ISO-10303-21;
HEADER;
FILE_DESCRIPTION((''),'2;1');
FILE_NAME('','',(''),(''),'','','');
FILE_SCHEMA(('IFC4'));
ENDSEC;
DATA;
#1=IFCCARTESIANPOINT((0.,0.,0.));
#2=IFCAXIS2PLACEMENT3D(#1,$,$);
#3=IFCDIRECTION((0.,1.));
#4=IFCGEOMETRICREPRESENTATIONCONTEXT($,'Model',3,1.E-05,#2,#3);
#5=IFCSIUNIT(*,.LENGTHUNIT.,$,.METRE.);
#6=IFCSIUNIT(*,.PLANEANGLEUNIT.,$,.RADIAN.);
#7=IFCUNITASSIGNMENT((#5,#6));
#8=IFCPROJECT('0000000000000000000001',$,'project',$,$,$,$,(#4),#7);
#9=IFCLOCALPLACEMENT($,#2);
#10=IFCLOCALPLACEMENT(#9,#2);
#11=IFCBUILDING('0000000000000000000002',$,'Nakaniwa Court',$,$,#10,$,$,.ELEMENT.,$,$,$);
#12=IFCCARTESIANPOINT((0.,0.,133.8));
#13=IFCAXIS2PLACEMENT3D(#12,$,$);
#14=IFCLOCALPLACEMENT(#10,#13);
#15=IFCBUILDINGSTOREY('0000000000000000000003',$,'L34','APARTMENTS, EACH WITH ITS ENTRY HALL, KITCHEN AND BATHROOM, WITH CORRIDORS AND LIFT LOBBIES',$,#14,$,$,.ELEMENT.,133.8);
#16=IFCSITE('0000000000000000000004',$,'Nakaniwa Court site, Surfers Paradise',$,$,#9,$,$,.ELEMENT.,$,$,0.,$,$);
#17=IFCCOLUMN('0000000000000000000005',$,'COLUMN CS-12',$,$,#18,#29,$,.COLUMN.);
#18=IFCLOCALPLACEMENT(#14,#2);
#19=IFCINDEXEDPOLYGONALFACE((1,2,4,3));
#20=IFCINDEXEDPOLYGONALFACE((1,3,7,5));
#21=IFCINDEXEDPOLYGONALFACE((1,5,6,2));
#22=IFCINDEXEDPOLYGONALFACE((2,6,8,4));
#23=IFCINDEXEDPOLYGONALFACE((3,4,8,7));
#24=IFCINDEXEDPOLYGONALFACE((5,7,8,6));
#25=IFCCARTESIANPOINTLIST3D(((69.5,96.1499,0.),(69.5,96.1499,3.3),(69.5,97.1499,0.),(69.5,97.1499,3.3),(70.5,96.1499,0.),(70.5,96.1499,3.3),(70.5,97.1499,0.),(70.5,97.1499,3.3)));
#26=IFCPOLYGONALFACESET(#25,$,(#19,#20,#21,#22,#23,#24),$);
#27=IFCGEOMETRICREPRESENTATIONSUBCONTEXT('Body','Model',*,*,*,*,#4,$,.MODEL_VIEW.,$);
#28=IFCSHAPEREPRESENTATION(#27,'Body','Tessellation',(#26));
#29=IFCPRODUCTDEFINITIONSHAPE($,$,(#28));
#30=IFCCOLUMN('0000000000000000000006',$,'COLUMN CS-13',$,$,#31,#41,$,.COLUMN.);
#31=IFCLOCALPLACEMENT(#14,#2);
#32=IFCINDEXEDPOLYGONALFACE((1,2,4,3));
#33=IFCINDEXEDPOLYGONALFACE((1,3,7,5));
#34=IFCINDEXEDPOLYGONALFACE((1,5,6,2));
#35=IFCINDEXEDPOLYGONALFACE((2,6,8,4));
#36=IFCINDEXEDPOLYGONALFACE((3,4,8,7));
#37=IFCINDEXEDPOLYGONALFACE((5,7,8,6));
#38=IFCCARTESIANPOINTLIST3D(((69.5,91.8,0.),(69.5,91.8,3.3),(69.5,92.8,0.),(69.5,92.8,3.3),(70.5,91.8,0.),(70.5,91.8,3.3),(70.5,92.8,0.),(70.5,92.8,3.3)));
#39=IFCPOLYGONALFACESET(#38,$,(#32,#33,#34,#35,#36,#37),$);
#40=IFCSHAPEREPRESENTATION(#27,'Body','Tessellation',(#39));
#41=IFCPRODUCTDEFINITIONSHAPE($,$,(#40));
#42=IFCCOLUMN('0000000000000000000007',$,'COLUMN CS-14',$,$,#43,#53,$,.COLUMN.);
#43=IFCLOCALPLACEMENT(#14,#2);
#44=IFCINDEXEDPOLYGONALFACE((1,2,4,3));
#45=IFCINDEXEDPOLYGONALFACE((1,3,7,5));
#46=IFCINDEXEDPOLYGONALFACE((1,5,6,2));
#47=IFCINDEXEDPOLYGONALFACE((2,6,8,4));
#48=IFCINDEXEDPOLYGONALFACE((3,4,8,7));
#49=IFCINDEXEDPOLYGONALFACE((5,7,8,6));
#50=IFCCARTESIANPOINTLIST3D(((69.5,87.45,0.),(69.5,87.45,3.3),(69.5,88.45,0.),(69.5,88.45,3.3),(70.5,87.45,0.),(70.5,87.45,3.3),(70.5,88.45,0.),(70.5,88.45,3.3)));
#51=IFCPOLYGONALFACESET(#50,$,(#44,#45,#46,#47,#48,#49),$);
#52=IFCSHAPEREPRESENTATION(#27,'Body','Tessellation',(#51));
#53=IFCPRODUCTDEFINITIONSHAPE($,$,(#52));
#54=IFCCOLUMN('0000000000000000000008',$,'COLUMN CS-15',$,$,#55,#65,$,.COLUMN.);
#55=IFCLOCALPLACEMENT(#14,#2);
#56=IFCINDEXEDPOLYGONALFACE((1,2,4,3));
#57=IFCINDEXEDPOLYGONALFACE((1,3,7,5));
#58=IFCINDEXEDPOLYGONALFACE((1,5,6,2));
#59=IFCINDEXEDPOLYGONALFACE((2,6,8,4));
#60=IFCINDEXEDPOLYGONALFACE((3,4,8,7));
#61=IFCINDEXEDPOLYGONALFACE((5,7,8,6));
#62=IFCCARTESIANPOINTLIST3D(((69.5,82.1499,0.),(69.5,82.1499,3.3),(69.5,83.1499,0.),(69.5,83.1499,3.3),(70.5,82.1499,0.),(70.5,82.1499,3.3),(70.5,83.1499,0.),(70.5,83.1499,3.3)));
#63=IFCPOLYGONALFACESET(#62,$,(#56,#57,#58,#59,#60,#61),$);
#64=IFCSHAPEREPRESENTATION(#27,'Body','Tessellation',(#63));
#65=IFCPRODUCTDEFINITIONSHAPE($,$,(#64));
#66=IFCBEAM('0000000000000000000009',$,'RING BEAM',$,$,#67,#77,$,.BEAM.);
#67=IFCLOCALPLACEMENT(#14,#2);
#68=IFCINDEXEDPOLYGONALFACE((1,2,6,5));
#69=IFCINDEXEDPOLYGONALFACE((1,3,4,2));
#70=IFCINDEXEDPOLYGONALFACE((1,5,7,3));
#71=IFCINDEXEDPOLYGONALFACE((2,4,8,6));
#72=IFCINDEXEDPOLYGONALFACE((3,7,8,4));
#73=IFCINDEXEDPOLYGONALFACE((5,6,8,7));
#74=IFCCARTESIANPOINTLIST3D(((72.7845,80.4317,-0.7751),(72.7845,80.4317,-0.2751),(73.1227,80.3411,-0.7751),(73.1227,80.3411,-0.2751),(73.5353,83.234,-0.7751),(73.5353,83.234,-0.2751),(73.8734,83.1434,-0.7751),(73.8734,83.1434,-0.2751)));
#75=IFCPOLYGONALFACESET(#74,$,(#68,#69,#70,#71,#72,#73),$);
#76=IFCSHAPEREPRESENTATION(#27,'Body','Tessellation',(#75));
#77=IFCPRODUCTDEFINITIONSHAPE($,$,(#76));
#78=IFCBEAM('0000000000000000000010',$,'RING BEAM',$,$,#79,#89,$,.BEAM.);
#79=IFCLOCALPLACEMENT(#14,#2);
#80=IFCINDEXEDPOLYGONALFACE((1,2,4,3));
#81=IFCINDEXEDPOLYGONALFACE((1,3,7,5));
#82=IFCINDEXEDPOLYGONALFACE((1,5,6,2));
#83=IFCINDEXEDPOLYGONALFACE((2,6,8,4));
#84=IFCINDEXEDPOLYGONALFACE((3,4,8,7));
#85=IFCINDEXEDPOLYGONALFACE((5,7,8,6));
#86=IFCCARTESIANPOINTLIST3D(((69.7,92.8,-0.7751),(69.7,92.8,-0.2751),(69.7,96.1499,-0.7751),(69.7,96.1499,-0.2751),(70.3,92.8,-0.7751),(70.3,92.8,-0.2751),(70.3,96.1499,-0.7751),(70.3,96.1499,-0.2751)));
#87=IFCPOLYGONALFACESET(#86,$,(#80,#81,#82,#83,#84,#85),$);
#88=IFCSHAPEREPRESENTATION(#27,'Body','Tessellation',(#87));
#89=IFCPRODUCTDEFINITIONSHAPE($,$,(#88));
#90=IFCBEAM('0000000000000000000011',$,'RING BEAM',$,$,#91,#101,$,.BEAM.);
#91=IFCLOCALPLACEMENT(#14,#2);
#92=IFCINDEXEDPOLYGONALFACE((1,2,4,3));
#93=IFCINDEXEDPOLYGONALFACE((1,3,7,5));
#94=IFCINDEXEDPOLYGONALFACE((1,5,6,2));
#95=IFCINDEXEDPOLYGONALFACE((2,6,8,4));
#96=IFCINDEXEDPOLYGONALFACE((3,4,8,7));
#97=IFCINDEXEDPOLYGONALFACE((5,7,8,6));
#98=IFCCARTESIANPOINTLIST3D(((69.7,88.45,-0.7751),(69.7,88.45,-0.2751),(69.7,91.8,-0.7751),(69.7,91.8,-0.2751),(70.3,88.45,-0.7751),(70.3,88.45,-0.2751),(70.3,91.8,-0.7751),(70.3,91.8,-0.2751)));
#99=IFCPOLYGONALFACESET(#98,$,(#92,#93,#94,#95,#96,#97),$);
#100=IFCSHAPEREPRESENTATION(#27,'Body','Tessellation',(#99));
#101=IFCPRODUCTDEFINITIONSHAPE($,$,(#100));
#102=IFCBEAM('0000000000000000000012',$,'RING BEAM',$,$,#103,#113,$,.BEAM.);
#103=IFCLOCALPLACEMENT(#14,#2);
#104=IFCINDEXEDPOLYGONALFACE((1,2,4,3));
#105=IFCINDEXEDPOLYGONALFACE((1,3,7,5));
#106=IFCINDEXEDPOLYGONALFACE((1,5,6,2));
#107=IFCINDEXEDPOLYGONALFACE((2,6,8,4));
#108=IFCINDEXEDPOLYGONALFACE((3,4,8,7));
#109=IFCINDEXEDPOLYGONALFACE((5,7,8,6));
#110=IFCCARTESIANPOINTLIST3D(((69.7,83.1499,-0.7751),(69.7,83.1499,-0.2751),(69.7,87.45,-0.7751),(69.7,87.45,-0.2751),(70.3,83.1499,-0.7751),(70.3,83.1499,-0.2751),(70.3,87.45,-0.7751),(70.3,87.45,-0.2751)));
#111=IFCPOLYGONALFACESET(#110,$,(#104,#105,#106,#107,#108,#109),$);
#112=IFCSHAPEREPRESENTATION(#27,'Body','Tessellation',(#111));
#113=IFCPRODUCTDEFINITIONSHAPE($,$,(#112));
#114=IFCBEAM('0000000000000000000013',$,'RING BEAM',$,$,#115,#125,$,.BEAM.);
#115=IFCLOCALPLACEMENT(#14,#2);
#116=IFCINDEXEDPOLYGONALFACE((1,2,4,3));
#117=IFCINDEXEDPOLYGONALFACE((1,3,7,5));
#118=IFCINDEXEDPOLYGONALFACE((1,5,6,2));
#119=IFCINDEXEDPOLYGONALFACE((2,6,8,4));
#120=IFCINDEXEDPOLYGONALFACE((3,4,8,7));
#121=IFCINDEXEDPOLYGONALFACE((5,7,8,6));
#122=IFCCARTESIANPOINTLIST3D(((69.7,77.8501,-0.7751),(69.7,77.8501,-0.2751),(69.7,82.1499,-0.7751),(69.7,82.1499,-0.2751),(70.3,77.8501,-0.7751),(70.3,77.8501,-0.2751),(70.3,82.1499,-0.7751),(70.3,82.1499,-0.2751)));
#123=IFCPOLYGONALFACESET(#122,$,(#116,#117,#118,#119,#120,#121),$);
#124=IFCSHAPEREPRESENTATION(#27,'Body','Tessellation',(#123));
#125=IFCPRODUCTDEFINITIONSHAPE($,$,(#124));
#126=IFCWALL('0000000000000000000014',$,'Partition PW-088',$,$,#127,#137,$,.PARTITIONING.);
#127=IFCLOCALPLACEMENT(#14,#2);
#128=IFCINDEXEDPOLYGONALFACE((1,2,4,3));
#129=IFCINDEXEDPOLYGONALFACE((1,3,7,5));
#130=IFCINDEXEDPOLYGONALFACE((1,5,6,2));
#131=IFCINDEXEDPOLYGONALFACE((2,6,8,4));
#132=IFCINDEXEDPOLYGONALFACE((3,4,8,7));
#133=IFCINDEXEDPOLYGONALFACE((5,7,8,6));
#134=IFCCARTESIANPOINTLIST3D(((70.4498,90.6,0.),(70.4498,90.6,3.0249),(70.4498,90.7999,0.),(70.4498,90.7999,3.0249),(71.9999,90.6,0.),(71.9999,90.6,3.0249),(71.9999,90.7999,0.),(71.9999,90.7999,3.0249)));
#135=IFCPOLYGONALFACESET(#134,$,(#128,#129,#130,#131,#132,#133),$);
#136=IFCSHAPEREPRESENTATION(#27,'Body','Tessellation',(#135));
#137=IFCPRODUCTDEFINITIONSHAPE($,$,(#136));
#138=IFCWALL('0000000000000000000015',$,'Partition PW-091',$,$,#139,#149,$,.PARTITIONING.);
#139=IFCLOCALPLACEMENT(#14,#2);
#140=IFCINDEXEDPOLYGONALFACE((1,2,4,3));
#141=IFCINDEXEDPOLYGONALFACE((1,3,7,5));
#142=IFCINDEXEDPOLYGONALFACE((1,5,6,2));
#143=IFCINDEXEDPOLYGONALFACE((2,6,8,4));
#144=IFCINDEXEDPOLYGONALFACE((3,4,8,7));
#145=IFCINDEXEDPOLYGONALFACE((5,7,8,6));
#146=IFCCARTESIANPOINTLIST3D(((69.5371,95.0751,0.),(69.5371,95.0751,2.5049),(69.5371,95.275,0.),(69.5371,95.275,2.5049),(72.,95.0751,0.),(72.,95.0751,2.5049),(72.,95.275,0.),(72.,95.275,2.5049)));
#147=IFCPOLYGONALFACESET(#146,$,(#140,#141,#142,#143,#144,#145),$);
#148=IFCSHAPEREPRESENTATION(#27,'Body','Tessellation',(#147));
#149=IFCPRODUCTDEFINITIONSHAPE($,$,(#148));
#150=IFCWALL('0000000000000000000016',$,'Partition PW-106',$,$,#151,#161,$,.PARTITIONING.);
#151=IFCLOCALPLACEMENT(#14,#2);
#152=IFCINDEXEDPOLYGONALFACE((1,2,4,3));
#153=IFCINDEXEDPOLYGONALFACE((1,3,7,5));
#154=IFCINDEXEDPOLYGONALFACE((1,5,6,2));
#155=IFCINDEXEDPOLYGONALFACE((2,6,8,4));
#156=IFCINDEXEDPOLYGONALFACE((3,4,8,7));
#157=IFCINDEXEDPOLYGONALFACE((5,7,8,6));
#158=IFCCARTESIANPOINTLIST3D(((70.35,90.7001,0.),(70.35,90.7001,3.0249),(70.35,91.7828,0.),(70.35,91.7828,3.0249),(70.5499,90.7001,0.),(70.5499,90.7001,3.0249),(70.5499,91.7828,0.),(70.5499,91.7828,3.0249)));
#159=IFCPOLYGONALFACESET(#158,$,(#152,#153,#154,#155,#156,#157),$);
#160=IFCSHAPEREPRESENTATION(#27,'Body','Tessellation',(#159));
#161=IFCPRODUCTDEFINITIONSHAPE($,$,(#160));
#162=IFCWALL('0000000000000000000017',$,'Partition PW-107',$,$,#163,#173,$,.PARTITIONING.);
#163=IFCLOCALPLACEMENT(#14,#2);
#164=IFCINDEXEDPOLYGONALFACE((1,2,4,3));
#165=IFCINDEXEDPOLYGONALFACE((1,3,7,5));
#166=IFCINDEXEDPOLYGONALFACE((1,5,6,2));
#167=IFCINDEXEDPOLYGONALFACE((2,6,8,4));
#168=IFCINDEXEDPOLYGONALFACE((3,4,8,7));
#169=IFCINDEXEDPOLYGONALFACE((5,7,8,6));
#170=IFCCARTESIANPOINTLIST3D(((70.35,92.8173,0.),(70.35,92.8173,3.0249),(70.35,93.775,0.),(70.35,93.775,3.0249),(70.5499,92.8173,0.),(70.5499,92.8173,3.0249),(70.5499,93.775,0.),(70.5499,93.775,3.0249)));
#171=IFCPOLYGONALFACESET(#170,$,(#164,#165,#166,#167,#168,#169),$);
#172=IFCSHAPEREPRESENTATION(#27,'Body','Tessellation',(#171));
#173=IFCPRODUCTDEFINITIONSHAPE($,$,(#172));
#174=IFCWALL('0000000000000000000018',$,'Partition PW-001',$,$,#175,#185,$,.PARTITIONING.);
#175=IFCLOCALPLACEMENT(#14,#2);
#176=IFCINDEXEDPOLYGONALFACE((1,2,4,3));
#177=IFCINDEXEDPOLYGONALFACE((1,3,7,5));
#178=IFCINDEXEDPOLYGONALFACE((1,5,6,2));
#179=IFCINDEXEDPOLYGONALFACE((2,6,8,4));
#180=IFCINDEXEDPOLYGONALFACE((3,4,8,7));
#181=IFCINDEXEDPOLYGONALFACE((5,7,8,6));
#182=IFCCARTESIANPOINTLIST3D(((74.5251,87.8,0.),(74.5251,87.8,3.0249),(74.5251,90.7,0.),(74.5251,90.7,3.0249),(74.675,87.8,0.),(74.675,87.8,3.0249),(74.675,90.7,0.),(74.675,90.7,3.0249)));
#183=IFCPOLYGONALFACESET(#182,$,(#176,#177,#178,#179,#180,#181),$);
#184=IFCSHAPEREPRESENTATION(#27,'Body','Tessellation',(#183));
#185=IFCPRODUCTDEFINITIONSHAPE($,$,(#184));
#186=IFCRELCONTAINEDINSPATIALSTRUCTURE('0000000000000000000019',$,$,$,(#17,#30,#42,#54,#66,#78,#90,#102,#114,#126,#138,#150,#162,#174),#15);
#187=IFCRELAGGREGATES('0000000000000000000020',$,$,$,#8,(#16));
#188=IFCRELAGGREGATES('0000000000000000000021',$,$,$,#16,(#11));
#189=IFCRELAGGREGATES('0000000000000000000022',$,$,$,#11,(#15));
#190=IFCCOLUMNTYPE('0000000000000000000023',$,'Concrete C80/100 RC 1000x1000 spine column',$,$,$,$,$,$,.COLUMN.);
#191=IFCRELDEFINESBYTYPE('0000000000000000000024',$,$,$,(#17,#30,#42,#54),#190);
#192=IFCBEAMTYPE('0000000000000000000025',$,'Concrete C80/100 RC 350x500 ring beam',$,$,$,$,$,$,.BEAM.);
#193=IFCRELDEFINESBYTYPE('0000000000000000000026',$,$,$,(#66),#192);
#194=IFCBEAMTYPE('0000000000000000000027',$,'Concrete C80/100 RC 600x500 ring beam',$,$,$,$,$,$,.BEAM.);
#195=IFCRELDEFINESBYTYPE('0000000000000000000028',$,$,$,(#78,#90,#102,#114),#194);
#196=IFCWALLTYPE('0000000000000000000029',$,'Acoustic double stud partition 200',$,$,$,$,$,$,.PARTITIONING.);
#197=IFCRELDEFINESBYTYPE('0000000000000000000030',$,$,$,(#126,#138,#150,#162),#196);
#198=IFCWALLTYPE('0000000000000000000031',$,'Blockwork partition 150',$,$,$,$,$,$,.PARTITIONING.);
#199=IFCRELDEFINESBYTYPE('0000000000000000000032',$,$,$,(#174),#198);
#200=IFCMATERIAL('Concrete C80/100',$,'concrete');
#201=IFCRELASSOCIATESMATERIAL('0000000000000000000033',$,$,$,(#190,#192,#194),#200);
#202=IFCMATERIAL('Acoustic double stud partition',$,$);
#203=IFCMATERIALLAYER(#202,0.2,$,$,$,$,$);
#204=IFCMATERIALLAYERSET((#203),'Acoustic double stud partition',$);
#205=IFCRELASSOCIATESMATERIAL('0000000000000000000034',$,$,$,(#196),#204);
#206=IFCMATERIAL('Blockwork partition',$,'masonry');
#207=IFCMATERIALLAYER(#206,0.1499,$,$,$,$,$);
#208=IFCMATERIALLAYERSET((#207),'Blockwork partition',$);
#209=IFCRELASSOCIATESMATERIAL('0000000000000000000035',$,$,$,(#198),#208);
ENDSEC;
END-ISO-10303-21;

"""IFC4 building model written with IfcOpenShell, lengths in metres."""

from ifc_helpers import new_model, si_unit, direction, frame, frame_2d, origin, origin_2d, place, context, subcontext, project, spatial, rectangle, extrude, material, layer, layer_set, material_profile, profile_set, type_object, element, save


model = new_model("IFC4")

# Units and contexts
model_context = context("Model", 3, precision=1e-05, world=origin(), true_north=direction((0.0, 1.0)))
body_context = subcontext(model_context, "Body", "Model", "MODEL_VIEW")
ifc_project = project(units=[si_unit("LENGTHUNIT", "METRE"), si_unit("PLANEANGLEUNIT", "RADIAN")], contexts=[model_context])

# Site, building, storey
site_placement = place(None, origin())
site = spatial("IfcSite", under=ifc_project, at=site_placement, Name="Nakaniwa Court site, Surfers Paradise", CompositionType="ELEMENT", RefElevation=0.0)
building_placement = place(site_placement, origin())
building = spatial("IfcBuilding", under=site, at=building_placement, Name="Nakaniwa Court", CompositionType="ELEMENT")
storey_placement = place(building_placement, frame((0.0, 0.0, 133.8)))
storey = spatial("IfcBuildingStorey", under=building, at=storey_placement, Name="L34", Description="APARTMENTS, EACH WITH ITS ENTRY HALL, KITCHEN AND BATHROOM, WITH CORRIDORS AND LIFT LOBBIES", CompositionType="ELEMENT", Elevation=133.8)

# Columns
ifc_material_1 = material(Name="Concrete C80/100", Category="concrete")
ifc_material_profile_1 = material_profile(ifc_material_1, rectangle(XDim=1.0, YDim=1.0, at=origin_2d()), Name="Concrete C80/100 RC 1000x1000 spine column")
ifc_profile_set_1 = profile_set([ifc_material_profile_1], Name="Concrete C80/100")
column_type_1 = type_object("IfcColumnType", Name="Concrete C80/100 RC 1000x1000 spine column", PredefinedType="COLUMN", material=ifc_profile_set_1)
for number, where, z_axis, x_axis, name in (
    (1, (70.0, 96.6499, 0.0), (0.0, 0.0, 1.0), (0.0, -1.0, 0.0), "COLUMN CS-12"),
    (2, (70.0, 92.3, 0.0), (0.0, 0.0, 1.0), (0.0, -1.0, 0.0), "COLUMN CS-13"),
    (3, (70.0, 87.95, 0.0), (0.0, 0.0, 1.0), (0.0, -1.0, 0.0), "COLUMN CS-14"),
    (4, (70.0, 82.6499, 0.0), (0.0, 0.0, 1.0), (0.0, -1.0, 0.0), "COLUMN CS-15"),
):
    element("IfcColumn", number, at=place(storey_placement, frame(where, z_axis=z_axis, x_axis=x_axis)), inside=storey, type_object=column_type_1, Name=name, PredefinedType="COLUMN", context=body_context, shape_type="SweptSolid", body=[
        extrude(rectangle(XDim=1.0, YDim=1.0, at=origin_2d()), origin(), (0.0, 0.0, 1.0), 3.3),
    ])

# Beams
ifc_material_profile_2 = material_profile(ifc_material_1, rectangle(XDim=0.3501, YDim=0.5, at=origin_2d()), Name="Concrete C80/100 RC 350x500 ring beam")
ifc_profile_set_2 = profile_set([ifc_material_profile_2], Name="Concrete C80/100")
beam_type_1 = type_object("IfcBeamType", Name="Concrete C80/100 RC 350x500 ring beam", PredefinedType="BEAM", material=ifc_profile_set_2)
beam_1_placement = place(storey_placement, frame((73.7043, 83.1887, -0.5251), z_axis=(-0.258778, -0.965937, 0.0), x_axis=(0.965937, -0.258778, 0.0)))
element("IfcBeam", 5, at=beam_1_placement, inside=storey, type_object=beam_type_1, Name="RING BEAM", PredefinedType="BEAM", context=body_context, shape_type="SweptSolid", body=[
    extrude(rectangle(XDim=0.3501, YDim=0.5, at=origin_2d()), origin(), (0.0, 0.0, 1.0), 2.9011),
])
ifc_material_profile_3 = material_profile(ifc_material_1, rectangle(XDim=0.6001, YDim=0.5, at=origin_2d()), Name="Concrete C80/100 RC 600x500 ring beam")
ifc_profile_set_3 = profile_set([ifc_material_profile_3], Name="Concrete C80/100")
beam_type_2 = type_object("IfcBeamType", Name="Concrete C80/100 RC 600x500 ring beam", PredefinedType="BEAM", material=ifc_profile_set_3)
beam_2_placement = place(storey_placement, frame((70.0, 96.1499, -0.5251), z_axis=(0.0, -1.0, 0.0), x_axis=(1.0, 0.0, 0.0)))
element("IfcBeam", 6, at=beam_2_placement, inside=storey, type_object=beam_type_2, Name="RING BEAM", PredefinedType="BEAM", context=body_context, shape_type="SweptSolid", body=[
    extrude(rectangle(XDim=0.6001, YDim=0.5, at=origin_2d()), origin(), (0.0, 0.0, 1.0), 3.3499),
])
beam_3_placement = place(storey_placement, frame((70.0, 91.8, -0.5251), z_axis=(0.0, -1.0, 0.0), x_axis=(1.0, 0.0, 0.0)))
element("IfcBeam", 7, at=beam_3_placement, inside=storey, type_object=beam_type_2, Name="RING BEAM", PredefinedType="BEAM", context=body_context, shape_type="SweptSolid", body=[
    extrude(rectangle(XDim=0.6001, YDim=0.5, at=origin_2d()), origin(), (0.0, 0.0, 1.0), 3.3501),
])
beam_4_placement = place(storey_placement, frame((70.0, 87.45, -0.5251), z_axis=(0.0, -1.0, 0.0), x_axis=(1.0, 0.0, 0.0)))
element("IfcBeam", 8, at=beam_4_placement, inside=storey, type_object=beam_type_2, Name="RING BEAM", PredefinedType="BEAM", context=body_context, shape_type="SweptSolid", body=[
    extrude(rectangle(XDim=0.6001, YDim=0.5, at=origin_2d()), origin(), (0.0, 0.0, 1.0), 4.3),
])
beam_5_placement = place(storey_placement, frame((70.0, 82.1499, -0.5251), z_axis=(0.0, -1.0, 0.0), x_axis=(1.0, 0.0, 0.0)))
element("IfcBeam", 9, at=beam_5_placement, inside=storey, type_object=beam_type_2, Name="RING BEAM", PredefinedType="BEAM", context=body_context, shape_type="SweptSolid", body=[
    extrude(rectangle(XDim=0.6001, YDim=0.5, at=origin_2d()), origin(), (0.0, 0.0, 1.0), 4.2998),
])

# Walls
ifc_material_2 = material(Name="Acoustic double stud partition")
ifc_layer_1 = layer(ifc_material_2, 0.2)
ifc_layer_set_1 = layer_set([ifc_layer_1], Name="Acoustic double stud partition")
wall_type_1 = type_object("IfcWallType", Name="Acoustic double stud partition 200", PredefinedType="PARTITIONING", material=ifc_layer_set_1)
wall_1_placement = place(storey_placement, frame((70.45, 90.7, 0.0), z_axis=(0.0, 0.0, 1.0), x_axis=(1.0, 0.0, 0.0)))
element("IfcWall", 10, at=wall_1_placement, inside=storey, type_object=wall_type_1, Name="Partition PW-088", PredefinedType="PARTITIONING", context=body_context, shape_type="SweptSolid", body=[
    extrude(rectangle(XDim=1.55, YDim=0.2, at=frame_2d((0.7749, 0.0))), origin(), (0.0, 0.0, 1.0), 3.0249),
])
wall_2_placement = place(storey_placement, frame((69.5371, 95.175, 0.0), z_axis=(0.0, 0.0, 1.0), x_axis=(1.0, 0.0, 0.0)))
element("IfcWall", 11, at=wall_2_placement, inside=storey, type_object=wall_type_1, Name="Partition PW-091", PredefinedType="PARTITIONING", context=body_context, shape_type="SweptSolid", body=[
    extrude(rectangle(XDim=2.4629, YDim=0.2, at=frame_2d((1.2314, 0.0))), origin(), (0.0, 0.0, 1.0), 2.5049),
])
wall_3_placement = place(storey_placement, frame((70.45, 90.7, 0.0), z_axis=(0.0, 0.0, 1.0), x_axis=(0.0, 1.0, 0.0)))
element("IfcWall", 12, at=wall_3_placement, inside=storey, type_object=wall_type_1, Name="Partition PW-106", PredefinedType="PARTITIONING", context=body_context, shape_type="SweptSolid", body=[
    extrude(rectangle(XDim=1.0828, YDim=0.2, at=frame_2d((0.5415, 0.0))), origin(), (0.0, 0.0, 1.0), 3.0249),
])
wall_4_placement = place(storey_placement, frame((70.45, 92.8171, 0.0), z_axis=(0.0, 0.0, 1.0), x_axis=(0.0, 1.0, 0.0)))
element("IfcWall", 13, at=wall_4_placement, inside=storey, type_object=wall_type_1, Name="Partition PW-107", PredefinedType="PARTITIONING", context=body_context, shape_type="SweptSolid", body=[
    extrude(rectangle(XDim=0.9578, YDim=0.2, at=frame_2d((0.479, 0.0))), origin(), (0.0, 0.0, 1.0), 3.0249),
])
ifc_material_3 = material(Name="Blockwork partition", Category="masonry")
ifc_layer_2 = layer(ifc_material_3, 0.1499)
ifc_layer_set_2 = layer_set([ifc_layer_2], Name="Blockwork partition")
wall_type_2 = type_object("IfcWallType", Name="Blockwork partition 150", PredefinedType="PARTITIONING", material=ifc_layer_set_2)
wall_5_placement = place(storey_placement, frame((74.6001, 87.8, 0.0), z_axis=(0.0, 0.0, 1.0), x_axis=(0.0, 1.0, 0.0)))
element("IfcWall", 14, at=wall_5_placement, inside=storey, type_object=wall_type_2, Name="Partition PW-001", PredefinedType="PARTITIONING", context=body_context, shape_type="SweptSolid", body=[
    extrude(rectangle(XDim=2.8999, YDim=0.1499, at=frame_2d((1.45, 0.0))), origin(), (0.0, 0.0, 1.0), 3.0249),
])

save(model, "model.ifc")
